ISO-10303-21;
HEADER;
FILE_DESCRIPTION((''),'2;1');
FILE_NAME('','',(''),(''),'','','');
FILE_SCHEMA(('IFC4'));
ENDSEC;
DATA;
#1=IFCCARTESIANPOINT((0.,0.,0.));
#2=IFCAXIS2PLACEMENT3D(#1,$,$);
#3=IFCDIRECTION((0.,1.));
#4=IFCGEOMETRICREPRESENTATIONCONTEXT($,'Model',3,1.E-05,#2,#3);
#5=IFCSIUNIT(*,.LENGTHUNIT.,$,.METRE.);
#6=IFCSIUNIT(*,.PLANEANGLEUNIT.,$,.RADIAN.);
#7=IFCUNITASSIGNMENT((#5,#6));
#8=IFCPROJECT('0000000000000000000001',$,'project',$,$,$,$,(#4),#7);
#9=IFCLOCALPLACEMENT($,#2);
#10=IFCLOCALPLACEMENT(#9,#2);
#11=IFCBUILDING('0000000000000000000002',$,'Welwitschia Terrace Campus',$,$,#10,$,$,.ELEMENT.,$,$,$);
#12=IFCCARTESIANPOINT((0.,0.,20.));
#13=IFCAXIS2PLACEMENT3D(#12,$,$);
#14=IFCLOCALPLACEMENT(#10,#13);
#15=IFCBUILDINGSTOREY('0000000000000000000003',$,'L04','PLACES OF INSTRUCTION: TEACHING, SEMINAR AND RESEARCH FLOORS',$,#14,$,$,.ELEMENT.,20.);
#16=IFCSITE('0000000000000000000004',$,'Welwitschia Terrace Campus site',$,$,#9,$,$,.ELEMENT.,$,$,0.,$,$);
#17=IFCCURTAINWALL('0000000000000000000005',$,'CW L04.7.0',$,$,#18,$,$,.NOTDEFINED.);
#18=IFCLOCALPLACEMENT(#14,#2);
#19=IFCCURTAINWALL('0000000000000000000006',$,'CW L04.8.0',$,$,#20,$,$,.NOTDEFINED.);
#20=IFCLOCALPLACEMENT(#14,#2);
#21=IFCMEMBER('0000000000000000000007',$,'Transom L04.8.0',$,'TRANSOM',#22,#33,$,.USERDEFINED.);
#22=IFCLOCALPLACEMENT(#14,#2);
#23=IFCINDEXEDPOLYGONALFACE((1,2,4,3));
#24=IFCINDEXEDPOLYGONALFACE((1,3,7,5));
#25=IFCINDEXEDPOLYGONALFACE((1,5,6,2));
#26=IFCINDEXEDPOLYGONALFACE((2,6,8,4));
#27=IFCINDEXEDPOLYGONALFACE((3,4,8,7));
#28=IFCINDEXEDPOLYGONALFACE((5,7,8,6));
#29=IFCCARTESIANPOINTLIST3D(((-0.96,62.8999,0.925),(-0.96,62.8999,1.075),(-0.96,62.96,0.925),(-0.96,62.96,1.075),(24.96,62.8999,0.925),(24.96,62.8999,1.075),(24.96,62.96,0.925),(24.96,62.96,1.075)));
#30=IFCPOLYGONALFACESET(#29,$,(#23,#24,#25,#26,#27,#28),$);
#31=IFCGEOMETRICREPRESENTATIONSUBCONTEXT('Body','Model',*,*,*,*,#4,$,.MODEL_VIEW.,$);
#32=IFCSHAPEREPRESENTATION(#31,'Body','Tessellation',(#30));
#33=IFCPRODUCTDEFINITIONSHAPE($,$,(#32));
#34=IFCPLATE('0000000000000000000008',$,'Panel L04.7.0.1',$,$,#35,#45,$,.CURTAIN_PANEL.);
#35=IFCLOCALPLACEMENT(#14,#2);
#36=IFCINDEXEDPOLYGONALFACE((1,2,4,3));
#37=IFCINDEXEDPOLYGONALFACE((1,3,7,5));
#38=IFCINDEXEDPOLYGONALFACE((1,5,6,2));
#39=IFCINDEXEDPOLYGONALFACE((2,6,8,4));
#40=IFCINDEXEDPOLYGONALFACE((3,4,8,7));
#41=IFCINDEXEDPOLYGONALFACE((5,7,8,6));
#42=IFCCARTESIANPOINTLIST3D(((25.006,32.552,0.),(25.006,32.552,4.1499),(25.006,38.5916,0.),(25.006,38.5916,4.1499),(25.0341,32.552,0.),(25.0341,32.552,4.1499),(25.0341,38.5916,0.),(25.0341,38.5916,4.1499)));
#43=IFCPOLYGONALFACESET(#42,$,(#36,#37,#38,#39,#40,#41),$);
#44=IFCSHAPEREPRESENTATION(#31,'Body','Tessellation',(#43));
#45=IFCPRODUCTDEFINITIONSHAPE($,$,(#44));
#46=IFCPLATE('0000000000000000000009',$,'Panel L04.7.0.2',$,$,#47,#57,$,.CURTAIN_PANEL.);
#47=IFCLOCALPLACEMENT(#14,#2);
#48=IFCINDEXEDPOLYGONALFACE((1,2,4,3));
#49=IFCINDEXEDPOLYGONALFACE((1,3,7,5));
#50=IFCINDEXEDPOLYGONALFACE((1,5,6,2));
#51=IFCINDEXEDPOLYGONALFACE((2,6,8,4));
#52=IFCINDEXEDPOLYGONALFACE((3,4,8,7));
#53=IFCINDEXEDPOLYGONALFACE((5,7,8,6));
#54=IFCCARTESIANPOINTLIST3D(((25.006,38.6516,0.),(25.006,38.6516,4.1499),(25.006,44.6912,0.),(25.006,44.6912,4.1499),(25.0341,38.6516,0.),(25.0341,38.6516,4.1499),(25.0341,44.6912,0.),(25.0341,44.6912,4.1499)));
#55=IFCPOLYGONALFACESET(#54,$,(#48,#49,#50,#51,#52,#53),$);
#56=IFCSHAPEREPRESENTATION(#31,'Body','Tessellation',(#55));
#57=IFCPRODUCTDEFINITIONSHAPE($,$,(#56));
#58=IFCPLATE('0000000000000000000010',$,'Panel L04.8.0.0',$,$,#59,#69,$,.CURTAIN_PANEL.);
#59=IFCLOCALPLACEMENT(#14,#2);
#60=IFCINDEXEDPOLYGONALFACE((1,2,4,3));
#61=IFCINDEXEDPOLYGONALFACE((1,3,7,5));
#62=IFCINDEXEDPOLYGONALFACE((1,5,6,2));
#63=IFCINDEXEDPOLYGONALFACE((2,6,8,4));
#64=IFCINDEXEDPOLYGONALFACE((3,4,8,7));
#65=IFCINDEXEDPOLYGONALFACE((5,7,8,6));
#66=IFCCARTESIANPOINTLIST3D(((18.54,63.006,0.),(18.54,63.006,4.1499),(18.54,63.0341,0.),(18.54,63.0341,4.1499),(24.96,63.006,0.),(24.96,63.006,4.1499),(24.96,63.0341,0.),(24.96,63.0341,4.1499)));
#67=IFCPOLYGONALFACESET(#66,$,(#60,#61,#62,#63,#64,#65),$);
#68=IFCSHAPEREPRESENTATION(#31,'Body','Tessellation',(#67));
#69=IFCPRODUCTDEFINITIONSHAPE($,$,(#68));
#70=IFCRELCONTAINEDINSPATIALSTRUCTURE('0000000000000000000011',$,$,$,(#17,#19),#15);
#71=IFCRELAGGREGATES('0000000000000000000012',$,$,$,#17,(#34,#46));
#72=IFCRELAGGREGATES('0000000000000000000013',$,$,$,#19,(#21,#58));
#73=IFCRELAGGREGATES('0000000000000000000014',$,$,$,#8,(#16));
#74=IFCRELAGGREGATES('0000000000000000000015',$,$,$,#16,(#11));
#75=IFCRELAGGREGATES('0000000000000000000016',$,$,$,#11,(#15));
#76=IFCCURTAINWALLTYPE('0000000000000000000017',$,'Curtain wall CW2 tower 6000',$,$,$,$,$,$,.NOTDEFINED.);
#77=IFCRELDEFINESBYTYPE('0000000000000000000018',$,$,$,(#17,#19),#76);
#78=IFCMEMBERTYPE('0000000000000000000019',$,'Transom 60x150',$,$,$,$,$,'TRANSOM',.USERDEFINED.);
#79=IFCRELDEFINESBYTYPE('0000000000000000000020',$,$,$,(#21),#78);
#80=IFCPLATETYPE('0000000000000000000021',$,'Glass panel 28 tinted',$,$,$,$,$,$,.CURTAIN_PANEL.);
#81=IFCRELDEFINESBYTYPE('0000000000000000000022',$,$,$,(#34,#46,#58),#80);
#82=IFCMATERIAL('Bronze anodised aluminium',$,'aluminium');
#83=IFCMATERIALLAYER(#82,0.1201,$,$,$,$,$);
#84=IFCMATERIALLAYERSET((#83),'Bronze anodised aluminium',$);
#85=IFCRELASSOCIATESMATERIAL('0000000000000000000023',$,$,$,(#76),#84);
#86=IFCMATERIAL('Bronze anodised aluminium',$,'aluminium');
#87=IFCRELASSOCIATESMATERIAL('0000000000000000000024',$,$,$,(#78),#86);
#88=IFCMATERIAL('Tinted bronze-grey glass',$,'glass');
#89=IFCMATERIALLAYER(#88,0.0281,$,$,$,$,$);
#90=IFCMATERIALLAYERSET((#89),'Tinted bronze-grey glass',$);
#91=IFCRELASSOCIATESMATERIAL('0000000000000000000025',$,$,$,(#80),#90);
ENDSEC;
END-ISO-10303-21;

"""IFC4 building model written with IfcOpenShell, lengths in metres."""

from ifc_helpers import new_model, si_unit, direction, frame, origin, origin_2d, place, context, subcontext, project, spatial, rectangle, extrude, material, layer, layer_set, material_profile, profile_set, type_object, element, aggregate, save


model = new_model("IFC4")

# Units and contexts
model_context = context("Model", 3, precision=1e-05, world=origin(), true_north=direction((0.0, 1.0)))
body_context = subcontext(model_context, "Body", "Model", "MODEL_VIEW")
ifc_project = project(units=[si_unit("LENGTHUNIT", "METRE"), si_unit("PLANEANGLEUNIT", "RADIAN")], contexts=[model_context])

# Site, building, storey
site_placement = place(None, origin())
site = spatial("IfcSite", under=ifc_project, at=site_placement, Name="Welwitschia Terrace Campus site", CompositionType="ELEMENT", RefElevation=0.0)
building_placement = place(site_placement, origin())
building = spatial("IfcBuilding", under=site, at=building_placement, Name="Welwitschia Terrace Campus", CompositionType="ELEMENT")
storey_placement = place(building_placement, frame((0.0, 0.0, 20.0)))
storey = spatial("IfcBuildingStorey", under=building, at=storey_placement, Name="L04", Description="PLACES OF INSTRUCTION: TEACHING, SEMINAR AND RESEARCH FLOORS", CompositionType="ELEMENT", Elevation=20.0)

# Curtain wall
ifc_material_1 = material(Name="Bronze anodised aluminium", Category="aluminium")
ifc_layer_1 = layer(ifc_material_1, 0.1201)
ifc_layer_set_1 = layer_set([ifc_layer_1], Name="Bronze anodised aluminium")
curtain_wall_type = type_object("IfcCurtainWallType", Name="Curtain wall CW2 tower 6000", PredefinedType="NOTDEFINED", material=ifc_layer_set_1)
curtain_wall_1_placement = place(storey_placement, origin())
curtain_wall_1 = element("IfcCurtainWall", 1, at=curtain_wall_1_placement, inside=storey, type_object=curtain_wall_type, Name="CW L04.7.0", PredefinedType="NOTDEFINED")

# Curtain wall
curtain_wall_2_placement = place(storey_placement, origin())
curtain_wall_2 = element("IfcCurtainWall", 2, at=curtain_wall_2_placement, inside=storey, type_object=curtain_wall_type, Name="CW L04.8.0", PredefinedType="NOTDEFINED")

# Member
ifc_material_2 = material(Name="Bronze anodised aluminium", Category="aluminium")
ifc_material_profile_1 = material_profile(ifc_material_2, rectangle(XDim=0.0601, YDim=0.1499, at=origin_2d()))
ifc_profile_set_1 = profile_set([ifc_material_profile_1], Name="Bronze anodised aluminium")
member_type_1 = type_object("IfcMemberType", Name="Transom 60x150", ElementType="TRANSOM", PredefinedType="USERDEFINED", material=ifc_profile_set_1)
member_1_placement = place(storey_placement, frame((24.96, 62.9299, 1.0), z_axis=(-1.0, 0.0, 0.0), x_axis=(0.0, -1.0, 0.0)))
member_1 = element("IfcMember", 3, at=member_1_placement, type_object=member_type_1, Name="Transom L04.8.0", ObjectType="TRANSOM", PredefinedType="USERDEFINED", context=body_context, shape_type="SweptSolid", body=[
    extrude(rectangle(XDim=0.0601, YDim=0.1499, at=origin_2d()), origin(), (0.0, 0.0, 1.0), 25.9199),
])

# Plates
ifc_material_3 = material(Name="Tinted bronze-grey glass", Category="glass")
ifc_layer_2 = layer(ifc_material_3, 0.0281)
ifc_layer_set_2 = layer_set([ifc_layer_2], Name="Tinted bronze-grey glass")
plate_type = type_object("IfcPlateType", Name="Glass panel 28 tinted", PredefinedType="CURTAIN_PANEL", material=ifc_layer_set_2)
plate_1_placement = place(storey_placement, frame((25.02, 35.5718, 0.0), z_axis=(0.0, 0.0, 1.0), x_axis=(0.0, 1.0, 0.0)))
plate_1 = element("IfcPlate", 4, at=plate_1_placement, type_object=plate_type, Name="Panel L04.7.0.1", PredefinedType="CURTAIN_PANEL", context=body_context, shape_type="SweptSolid", body=[
    extrude(rectangle(XDim=6.0396, YDim=0.0281, at=origin_2d()), origin(), (0.0, 0.0, 1.0), 4.1499),
])
plate_2_placement = place(storey_placement, frame((25.02, 41.6714, 0.0), z_axis=(0.0, 0.0, 1.0), x_axis=(0.0, 1.0, 0.0)))
plate_2 = element("IfcPlate", 5, at=plate_2_placement, type_object=plate_type, Name="Panel L04.7.0.2", PredefinedType="CURTAIN_PANEL", context=body_context, shape_type="SweptSolid", body=[
    extrude(rectangle(XDim=6.0396, YDim=0.0281, at=origin_2d()), origin(), (0.0, 0.0, 1.0), 4.1499),
])
aggregate(curtain_wall_1, [plate_1, plate_2])
plate_3_placement = place(storey_placement, frame((21.75, 63.02, 0.0), z_axis=(0.0, 0.0, 1.0), x_axis=(-1.0, 0.0, 0.0)))
plate_3 = element("IfcPlate", 6, at=plate_3_placement, type_object=plate_type, Name="Panel L04.8.0.0", PredefinedType="CURTAIN_PANEL", context=body_context, shape_type="SweptSolid", body=[
    extrude(rectangle(XDim=6.4199, YDim=0.0281, at=origin_2d()), origin(), (0.0, 0.0, 1.0), 4.1499),
])
aggregate(curtain_wall_2, [member_1, plate_3])

save(model, "model.ifc")
